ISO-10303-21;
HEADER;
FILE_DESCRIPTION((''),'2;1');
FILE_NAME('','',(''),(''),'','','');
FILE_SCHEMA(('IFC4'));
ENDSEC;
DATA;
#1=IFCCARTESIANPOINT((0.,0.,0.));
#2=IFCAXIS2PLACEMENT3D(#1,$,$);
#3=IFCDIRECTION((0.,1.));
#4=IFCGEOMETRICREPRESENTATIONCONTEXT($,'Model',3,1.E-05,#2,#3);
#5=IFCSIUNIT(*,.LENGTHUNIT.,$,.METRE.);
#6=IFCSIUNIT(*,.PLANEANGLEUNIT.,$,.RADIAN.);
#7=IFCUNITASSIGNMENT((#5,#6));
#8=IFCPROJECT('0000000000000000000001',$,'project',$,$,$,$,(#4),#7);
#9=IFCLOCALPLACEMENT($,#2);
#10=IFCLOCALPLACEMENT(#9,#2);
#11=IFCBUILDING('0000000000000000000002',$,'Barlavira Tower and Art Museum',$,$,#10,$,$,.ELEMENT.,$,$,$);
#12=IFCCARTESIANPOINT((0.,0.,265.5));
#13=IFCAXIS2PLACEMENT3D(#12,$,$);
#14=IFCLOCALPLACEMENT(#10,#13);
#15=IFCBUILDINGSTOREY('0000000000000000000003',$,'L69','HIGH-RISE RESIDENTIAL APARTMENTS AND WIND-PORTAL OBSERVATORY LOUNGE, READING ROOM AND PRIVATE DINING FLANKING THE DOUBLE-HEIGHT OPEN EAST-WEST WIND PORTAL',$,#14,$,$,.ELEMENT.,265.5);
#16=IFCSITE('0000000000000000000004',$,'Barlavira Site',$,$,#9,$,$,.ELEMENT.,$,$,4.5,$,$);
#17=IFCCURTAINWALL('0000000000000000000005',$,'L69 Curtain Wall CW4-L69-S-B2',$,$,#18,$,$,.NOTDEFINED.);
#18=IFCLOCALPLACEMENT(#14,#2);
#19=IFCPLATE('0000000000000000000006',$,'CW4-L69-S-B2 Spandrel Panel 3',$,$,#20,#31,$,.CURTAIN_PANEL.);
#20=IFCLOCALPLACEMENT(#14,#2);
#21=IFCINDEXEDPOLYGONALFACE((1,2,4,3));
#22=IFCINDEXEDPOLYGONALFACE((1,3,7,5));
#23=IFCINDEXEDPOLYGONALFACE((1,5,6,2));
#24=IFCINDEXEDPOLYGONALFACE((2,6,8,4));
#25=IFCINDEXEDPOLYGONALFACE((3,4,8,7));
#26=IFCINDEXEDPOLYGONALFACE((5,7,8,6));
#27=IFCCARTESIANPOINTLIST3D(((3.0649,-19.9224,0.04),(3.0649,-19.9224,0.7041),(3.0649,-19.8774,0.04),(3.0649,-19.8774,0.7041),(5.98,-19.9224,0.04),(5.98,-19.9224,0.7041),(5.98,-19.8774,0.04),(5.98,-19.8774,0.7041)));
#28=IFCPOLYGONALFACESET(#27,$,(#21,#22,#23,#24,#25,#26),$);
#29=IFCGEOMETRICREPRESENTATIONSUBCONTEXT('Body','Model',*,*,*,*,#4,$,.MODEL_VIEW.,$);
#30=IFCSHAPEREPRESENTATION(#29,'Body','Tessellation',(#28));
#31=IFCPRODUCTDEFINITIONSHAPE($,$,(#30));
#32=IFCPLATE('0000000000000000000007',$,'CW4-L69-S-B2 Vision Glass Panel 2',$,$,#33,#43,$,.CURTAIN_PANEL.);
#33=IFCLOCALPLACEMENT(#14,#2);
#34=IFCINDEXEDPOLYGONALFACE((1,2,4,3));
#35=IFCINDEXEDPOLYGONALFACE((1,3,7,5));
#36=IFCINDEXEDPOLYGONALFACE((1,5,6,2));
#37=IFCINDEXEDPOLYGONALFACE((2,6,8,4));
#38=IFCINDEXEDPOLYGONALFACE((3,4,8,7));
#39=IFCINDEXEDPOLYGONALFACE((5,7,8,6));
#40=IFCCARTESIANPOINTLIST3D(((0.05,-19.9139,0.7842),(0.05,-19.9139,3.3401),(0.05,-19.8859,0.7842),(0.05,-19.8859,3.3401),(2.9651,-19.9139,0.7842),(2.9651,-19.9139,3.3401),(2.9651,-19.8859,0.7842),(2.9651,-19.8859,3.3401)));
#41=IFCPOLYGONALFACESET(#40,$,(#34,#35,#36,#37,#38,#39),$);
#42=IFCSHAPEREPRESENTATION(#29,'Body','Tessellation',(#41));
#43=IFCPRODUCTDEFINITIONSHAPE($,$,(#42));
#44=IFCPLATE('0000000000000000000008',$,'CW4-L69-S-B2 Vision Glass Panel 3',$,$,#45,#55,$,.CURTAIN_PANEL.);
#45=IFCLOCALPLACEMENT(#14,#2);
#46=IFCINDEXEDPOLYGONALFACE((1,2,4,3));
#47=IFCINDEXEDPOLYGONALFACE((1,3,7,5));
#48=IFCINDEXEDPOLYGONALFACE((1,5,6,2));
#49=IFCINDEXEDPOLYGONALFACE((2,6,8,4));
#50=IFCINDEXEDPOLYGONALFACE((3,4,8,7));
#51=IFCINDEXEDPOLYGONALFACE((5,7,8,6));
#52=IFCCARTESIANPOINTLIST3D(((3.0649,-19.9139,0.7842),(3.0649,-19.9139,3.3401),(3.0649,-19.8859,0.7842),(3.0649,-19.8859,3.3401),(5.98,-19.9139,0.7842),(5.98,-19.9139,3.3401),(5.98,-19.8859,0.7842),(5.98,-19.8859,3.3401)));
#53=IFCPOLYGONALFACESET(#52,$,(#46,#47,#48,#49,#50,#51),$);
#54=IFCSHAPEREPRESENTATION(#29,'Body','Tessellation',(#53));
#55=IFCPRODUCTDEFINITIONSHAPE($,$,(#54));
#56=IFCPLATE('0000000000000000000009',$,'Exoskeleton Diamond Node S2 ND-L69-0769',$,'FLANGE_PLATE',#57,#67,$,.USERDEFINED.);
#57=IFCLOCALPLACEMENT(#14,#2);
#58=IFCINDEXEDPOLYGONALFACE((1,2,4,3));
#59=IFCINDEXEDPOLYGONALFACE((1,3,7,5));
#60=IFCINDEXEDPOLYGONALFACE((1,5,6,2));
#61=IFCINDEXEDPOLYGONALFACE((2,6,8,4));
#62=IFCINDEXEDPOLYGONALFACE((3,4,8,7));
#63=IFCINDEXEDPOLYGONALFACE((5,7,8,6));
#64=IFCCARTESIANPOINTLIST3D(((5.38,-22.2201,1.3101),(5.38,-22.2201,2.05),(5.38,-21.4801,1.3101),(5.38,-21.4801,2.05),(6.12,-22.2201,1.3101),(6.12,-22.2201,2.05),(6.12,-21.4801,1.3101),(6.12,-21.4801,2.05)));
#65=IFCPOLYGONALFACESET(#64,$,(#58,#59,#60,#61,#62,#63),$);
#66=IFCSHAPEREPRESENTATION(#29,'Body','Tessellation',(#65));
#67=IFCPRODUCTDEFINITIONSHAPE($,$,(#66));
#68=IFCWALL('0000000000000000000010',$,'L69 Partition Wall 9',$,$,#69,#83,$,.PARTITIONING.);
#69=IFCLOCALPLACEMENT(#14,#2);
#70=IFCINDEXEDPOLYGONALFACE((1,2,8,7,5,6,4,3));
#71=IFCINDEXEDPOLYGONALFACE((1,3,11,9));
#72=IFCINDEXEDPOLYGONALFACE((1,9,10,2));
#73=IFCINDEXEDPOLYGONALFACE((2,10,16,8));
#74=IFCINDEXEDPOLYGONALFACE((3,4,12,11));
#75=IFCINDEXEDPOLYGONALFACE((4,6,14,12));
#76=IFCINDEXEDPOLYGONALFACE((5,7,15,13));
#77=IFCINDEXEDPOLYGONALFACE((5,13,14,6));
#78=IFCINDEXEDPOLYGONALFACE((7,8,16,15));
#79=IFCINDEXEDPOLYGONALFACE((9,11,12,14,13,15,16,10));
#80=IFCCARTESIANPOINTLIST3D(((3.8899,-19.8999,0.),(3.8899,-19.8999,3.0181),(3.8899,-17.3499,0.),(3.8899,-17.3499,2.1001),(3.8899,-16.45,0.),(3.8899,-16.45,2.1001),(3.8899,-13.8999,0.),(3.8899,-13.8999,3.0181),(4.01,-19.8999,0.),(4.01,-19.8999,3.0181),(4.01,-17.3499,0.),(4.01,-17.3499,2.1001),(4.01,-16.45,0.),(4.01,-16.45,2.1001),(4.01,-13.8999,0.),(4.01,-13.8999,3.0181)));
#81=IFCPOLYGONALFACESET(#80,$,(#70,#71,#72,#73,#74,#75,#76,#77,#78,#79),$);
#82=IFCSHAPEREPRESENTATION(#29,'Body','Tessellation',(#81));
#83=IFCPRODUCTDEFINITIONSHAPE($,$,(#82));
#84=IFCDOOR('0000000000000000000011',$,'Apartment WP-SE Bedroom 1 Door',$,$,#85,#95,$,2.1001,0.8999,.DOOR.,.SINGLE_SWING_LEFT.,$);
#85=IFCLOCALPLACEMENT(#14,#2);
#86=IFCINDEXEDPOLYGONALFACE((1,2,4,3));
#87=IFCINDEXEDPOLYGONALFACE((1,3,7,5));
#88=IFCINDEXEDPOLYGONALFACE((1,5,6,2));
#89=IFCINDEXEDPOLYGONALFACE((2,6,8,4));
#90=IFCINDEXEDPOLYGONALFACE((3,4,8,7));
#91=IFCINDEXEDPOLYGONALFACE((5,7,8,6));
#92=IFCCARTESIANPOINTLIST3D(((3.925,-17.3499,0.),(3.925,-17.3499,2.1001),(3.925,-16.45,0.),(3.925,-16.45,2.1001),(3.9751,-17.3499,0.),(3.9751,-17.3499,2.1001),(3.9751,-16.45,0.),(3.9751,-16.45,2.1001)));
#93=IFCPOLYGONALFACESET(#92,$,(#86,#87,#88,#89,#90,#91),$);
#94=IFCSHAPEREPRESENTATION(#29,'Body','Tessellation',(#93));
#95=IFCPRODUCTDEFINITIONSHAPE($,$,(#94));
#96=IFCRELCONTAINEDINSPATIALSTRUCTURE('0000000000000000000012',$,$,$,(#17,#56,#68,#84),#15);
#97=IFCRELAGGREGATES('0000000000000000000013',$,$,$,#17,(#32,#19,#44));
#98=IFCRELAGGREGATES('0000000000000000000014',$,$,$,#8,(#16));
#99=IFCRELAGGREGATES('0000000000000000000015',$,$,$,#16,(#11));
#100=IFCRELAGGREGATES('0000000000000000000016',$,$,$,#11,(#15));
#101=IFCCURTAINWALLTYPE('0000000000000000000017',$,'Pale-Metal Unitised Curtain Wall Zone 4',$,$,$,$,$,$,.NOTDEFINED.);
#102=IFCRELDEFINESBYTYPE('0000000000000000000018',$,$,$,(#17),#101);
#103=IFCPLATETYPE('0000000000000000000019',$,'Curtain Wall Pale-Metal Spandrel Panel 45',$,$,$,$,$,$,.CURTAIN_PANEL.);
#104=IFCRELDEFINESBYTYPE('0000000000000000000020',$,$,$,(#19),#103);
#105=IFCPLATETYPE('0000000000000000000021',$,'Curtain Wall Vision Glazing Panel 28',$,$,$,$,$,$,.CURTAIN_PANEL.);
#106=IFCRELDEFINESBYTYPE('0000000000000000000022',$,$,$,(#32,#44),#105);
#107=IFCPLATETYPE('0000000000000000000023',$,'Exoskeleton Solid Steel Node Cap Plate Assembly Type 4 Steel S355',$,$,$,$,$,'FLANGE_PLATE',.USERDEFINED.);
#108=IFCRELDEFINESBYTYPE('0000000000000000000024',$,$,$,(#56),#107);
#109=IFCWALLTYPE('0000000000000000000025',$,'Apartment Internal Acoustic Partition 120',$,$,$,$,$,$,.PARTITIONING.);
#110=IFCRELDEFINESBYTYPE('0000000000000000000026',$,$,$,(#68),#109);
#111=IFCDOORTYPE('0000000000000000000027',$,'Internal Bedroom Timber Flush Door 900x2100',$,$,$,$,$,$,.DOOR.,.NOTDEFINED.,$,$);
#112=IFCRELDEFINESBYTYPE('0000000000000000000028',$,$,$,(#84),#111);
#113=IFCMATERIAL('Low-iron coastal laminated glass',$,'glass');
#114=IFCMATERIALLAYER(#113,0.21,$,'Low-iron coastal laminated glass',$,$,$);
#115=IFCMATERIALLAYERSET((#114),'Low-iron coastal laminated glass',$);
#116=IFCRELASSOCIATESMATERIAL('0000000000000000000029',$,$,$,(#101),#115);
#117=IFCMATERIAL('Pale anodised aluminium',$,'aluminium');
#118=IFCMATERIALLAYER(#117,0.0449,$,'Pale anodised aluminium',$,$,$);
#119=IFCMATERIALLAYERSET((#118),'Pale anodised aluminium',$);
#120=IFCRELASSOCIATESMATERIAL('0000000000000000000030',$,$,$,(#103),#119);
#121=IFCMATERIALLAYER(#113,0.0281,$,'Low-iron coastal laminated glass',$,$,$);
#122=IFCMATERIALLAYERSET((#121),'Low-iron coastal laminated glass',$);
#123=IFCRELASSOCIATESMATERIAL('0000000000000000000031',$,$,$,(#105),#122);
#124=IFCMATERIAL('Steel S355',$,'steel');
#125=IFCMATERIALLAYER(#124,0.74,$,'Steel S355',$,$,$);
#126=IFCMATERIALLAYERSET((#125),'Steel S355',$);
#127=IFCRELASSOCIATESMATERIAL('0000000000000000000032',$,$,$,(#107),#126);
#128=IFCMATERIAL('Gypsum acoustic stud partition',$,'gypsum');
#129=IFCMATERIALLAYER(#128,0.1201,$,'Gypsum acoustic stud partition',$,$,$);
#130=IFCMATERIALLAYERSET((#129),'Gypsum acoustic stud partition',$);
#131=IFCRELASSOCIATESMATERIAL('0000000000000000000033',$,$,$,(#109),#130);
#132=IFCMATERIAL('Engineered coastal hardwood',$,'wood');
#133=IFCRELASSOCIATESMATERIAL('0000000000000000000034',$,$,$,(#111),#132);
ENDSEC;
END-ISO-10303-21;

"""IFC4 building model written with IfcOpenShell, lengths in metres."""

from ifc_helpers import new_model, si_unit, direction, frame, frame_2d, origin, origin_2d, place, context, subcontext, project, spatial, rectangle, extrude, material, layer, layer_set, type_object, element, fill, aggregate, save


model = new_model("IFC4")

# Units and contexts
model_context = context("Model", 3, precision=1e-05, world=origin(), true_north=direction((0.0, 1.0)))
body_context = subcontext(model_context, "Body", "Model", "MODEL_VIEW")
ifc_project = project(units=[si_unit("LENGTHUNIT", "METRE"), si_unit("PLANEANGLEUNIT", "RADIAN")], contexts=[model_context])

# Site, building, storey
site_placement = place(None, origin())
site = spatial("IfcSite", under=ifc_project, at=site_placement, Name="Barlavira Site", CompositionType="ELEMENT", RefElevation=4.5)
building_placement = place(site_placement, origin())
building = spatial("IfcBuilding", under=site, at=building_placement, Name="Barlavira Tower and Art Museum", CompositionType="ELEMENT")
storey_placement = place(building_placement, frame((0.0, 0.0, 265.5)))
storey = spatial("IfcBuildingStorey", under=building, at=storey_placement, Name="L69", Description="HIGH-RISE RESIDENTIAL APARTMENTS AND WIND-PORTAL OBSERVATORY LOUNGE, READING ROOM AND PRIVATE DINING FLANKING THE DOUBLE-HEIGHT OPEN EAST-WEST WIND PORTAL", CompositionType="ELEMENT", Elevation=265.5)

# Curtain wall, plates
ifc_material_1 = material(Name="Low-iron coastal laminated glass", Category="glass")
ifc_layer_1 = layer(ifc_material_1, 0.21, Name="Low-iron coastal laminated glass")
ifc_layer_set_1 = layer_set([ifc_layer_1], Name="Low-iron coastal laminated glass")
curtain_wall_type = type_object("IfcCurtainWallType", Name="Pale-Metal Unitised Curtain Wall Zone 4", PredefinedType="NOTDEFINED", material=ifc_layer_set_1)
curtain_wall_placement = place(storey_placement, origin())
curtain_wall = element("IfcCurtainWall", 1, at=curtain_wall_placement, inside=storey, type_object=curtain_wall_type, Name="L69 Curtain Wall CW4-L69-S-B2", PredefinedType="NOTDEFINED")
ifc_material_2 = material(Name="Pale anodised aluminium", Category="aluminium")
ifc_layer_2 = layer(ifc_material_2, 0.0449, Name="Pale anodised aluminium")
ifc_layer_set_2 = layer_set([ifc_layer_2], Name="Pale anodised aluminium")
plate_type_1 = type_object("IfcPlateType", Name="Curtain Wall Pale-Metal Spandrel Panel 45", PredefinedType="CURTAIN_PANEL", material=ifc_layer_set_2)
plate_1_placement = place(storey_placement, frame((4.5225, -19.8999, 0.04), z_axis=(0.0, 0.0, 1.0), x_axis=(1.0, 0.0, 0.0)))
plate_1 = element("IfcPlate", 2, at=plate_1_placement, type_object=plate_type_1, Name="CW4-L69-S-B2 Spandrel Panel 3", PredefinedType="CURTAIN_PANEL", context=body_context, shape_type="SweptSolid", body=[
    extrude(rectangle(XDim=2.915, YDim=0.0449, at=origin_2d()), origin(), (0.0, 0.0, 1.0), 0.6641),
])
ifc_layer_3 = layer(ifc_material_1, 0.0281, Name="Low-iron coastal laminated glass")
ifc_layer_set_3 = layer_set([ifc_layer_3], Name="Low-iron coastal laminated glass")
plate_type_2 = type_object("IfcPlateType", Name="Curtain Wall Vision Glazing Panel 28", PredefinedType="CURTAIN_PANEL", material=ifc_layer_set_3)
plate_2_placement = place(storey_placement, frame((1.5076, -19.8999, 0.7842), z_axis=(0.0, 0.0, 1.0), x_axis=(1.0, 0.0, 0.0)))
plate_2 = element("IfcPlate", 3, at=plate_2_placement, type_object=plate_type_2, Name="CW4-L69-S-B2 Vision Glass Panel 2", PredefinedType="CURTAIN_PANEL", context=body_context, shape_type="SweptSolid", body=[
    extrude(rectangle(XDim=2.915, YDim=0.0281, at=origin_2d()), origin(), (0.0, 0.0, 1.0), 2.5559),
])
plate_3_placement = place(storey_placement, frame((4.5225, -19.8999, 0.7842), z_axis=(0.0, 0.0, 1.0), x_axis=(1.0, 0.0, 0.0)))
plate_3 = element("IfcPlate", 4, at=plate_3_placement, type_object=plate_type_2, Name="CW4-L69-S-B2 Vision Glass Panel 3", PredefinedType="CURTAIN_PANEL", context=body_context, shape_type="SweptSolid", body=[
    extrude(rectangle(XDim=2.915, YDim=0.0281, at=origin_2d()), origin(), (0.0, 0.0, 1.0), 2.5559),
])
aggregate(curtain_wall, [plate_2, plate_1, plate_3])

# Plate
ifc_material_3 = material(Name="Steel S355", Category="steel")
ifc_layer_4 = layer(ifc_material_3, 0.74, Name="Steel S355")
ifc_layer_set_4 = layer_set([ifc_layer_4], Name="Steel S355")
plate_type_3 = type_object("IfcPlateType", Name="Exoskeleton Solid Steel Node Cap Plate Assembly Type 4 Steel S355", ElementType="FLANGE_PLATE", PredefinedType="USERDEFINED", material=ifc_layer_set_4)
plate_4_placement = place(storey_placement, frame((5.75, -21.8501, 1.3101), z_axis=(0.0, 0.0, 1.0), x_axis=(1.0, 0.0, 0.0)))
element("IfcPlate", 5, at=plate_4_placement, inside=storey, type_object=plate_type_3, Name="Exoskeleton Diamond Node S2 ND-L69-0769", ObjectType="FLANGE_PLATE", PredefinedType="USERDEFINED", context=body_context, shape_type="SweptSolid", body=[
    extrude(rectangle(XDim=0.74, YDim=0.74, at=origin_2d()), origin(), (0.0, 0.0, 1.0), 0.74),
])

# Wall, opening, door
ifc_material_4 = material(Name="Gypsum acoustic stud partition", Category="gypsum")
ifc_layer_5 = layer(ifc_material_4, 0.1201, Name="Gypsum acoustic stud partition")
ifc_layer_set_5 = layer_set([ifc_layer_5], Name="Gypsum acoustic stud partition")
wall_type = type_object("IfcWallType", Name="Apartment Internal Acoustic Partition 120", PredefinedType="PARTITIONING", material=ifc_layer_set_5)
wall_placement = place(storey_placement, frame((3.95, -19.8999, 0.0), z_axis=(0.0, 0.0, 1.0), x_axis=(0.0, 1.0, 0.0)))
wall = element("IfcWall", 6, at=wall_placement, inside=storey, type_object=wall_type, Name="L69 Partition Wall 9", PredefinedType="PARTITIONING", context=body_context, shape_type="SweptSolid", body=[
    extrude(rectangle(XDim=6.0, YDim=0.1201, at=frame_2d((3.0, 0.0))), origin(), (0.0, 0.0, 1.0), 3.0181),
])
opening_placement = place(wall_placement, frame((2.55, 0.0, 0.0)))
opening = element("IfcOpeningElement", 7, at=opening_placement, cuts=wall, PredefinedType="OPENING", context=body_context, shape_type="SweptSolid", body=[
    extrude(rectangle(XDim=0.8999, YDim=2.1001, at=frame_2d((0.45, 1.05))), frame((0.0, 0.0701, 0.0), z_axis=(0.0, -1.0, 0.0), x_axis=(1.0, 0.0, 0.0)), (0.0, 0.0, 1.0), 0.1401),
])
ifc_material_5 = material(Name="Engineered coastal hardwood", Category="wood")
door_type = type_object("IfcDoorType", Name="Internal Bedroom Timber Flush Door 900x2100", OperationType="NOTDEFINED", PredefinedType="DOOR", material=ifc_material_5)
door_placement = place(opening_placement, origin())
door = element("IfcDoor", 8, at=door_placement, inside=storey, type_object=door_type, Name="Apartment WP-SE Bedroom 1 Door", OperationType="SINGLE_SWING_LEFT", OverallHeight=2.1001, OverallWidth=0.8999, PredefinedType="DOOR", context=body_context, shape_type="SweptSolid", body=[
    extrude(rectangle(XDim=0.8999, YDim=2.1001, at=frame_2d((0.45, 1.05))), frame((0.0, 0.0249, 0.0), z_axis=(0.0, -1.0, 0.0), x_axis=(1.0, 0.0, 0.0)), (0.0, 0.0, 1.0), 0.05),
])
fill(opening, door)

save(model, "model.ifc")
